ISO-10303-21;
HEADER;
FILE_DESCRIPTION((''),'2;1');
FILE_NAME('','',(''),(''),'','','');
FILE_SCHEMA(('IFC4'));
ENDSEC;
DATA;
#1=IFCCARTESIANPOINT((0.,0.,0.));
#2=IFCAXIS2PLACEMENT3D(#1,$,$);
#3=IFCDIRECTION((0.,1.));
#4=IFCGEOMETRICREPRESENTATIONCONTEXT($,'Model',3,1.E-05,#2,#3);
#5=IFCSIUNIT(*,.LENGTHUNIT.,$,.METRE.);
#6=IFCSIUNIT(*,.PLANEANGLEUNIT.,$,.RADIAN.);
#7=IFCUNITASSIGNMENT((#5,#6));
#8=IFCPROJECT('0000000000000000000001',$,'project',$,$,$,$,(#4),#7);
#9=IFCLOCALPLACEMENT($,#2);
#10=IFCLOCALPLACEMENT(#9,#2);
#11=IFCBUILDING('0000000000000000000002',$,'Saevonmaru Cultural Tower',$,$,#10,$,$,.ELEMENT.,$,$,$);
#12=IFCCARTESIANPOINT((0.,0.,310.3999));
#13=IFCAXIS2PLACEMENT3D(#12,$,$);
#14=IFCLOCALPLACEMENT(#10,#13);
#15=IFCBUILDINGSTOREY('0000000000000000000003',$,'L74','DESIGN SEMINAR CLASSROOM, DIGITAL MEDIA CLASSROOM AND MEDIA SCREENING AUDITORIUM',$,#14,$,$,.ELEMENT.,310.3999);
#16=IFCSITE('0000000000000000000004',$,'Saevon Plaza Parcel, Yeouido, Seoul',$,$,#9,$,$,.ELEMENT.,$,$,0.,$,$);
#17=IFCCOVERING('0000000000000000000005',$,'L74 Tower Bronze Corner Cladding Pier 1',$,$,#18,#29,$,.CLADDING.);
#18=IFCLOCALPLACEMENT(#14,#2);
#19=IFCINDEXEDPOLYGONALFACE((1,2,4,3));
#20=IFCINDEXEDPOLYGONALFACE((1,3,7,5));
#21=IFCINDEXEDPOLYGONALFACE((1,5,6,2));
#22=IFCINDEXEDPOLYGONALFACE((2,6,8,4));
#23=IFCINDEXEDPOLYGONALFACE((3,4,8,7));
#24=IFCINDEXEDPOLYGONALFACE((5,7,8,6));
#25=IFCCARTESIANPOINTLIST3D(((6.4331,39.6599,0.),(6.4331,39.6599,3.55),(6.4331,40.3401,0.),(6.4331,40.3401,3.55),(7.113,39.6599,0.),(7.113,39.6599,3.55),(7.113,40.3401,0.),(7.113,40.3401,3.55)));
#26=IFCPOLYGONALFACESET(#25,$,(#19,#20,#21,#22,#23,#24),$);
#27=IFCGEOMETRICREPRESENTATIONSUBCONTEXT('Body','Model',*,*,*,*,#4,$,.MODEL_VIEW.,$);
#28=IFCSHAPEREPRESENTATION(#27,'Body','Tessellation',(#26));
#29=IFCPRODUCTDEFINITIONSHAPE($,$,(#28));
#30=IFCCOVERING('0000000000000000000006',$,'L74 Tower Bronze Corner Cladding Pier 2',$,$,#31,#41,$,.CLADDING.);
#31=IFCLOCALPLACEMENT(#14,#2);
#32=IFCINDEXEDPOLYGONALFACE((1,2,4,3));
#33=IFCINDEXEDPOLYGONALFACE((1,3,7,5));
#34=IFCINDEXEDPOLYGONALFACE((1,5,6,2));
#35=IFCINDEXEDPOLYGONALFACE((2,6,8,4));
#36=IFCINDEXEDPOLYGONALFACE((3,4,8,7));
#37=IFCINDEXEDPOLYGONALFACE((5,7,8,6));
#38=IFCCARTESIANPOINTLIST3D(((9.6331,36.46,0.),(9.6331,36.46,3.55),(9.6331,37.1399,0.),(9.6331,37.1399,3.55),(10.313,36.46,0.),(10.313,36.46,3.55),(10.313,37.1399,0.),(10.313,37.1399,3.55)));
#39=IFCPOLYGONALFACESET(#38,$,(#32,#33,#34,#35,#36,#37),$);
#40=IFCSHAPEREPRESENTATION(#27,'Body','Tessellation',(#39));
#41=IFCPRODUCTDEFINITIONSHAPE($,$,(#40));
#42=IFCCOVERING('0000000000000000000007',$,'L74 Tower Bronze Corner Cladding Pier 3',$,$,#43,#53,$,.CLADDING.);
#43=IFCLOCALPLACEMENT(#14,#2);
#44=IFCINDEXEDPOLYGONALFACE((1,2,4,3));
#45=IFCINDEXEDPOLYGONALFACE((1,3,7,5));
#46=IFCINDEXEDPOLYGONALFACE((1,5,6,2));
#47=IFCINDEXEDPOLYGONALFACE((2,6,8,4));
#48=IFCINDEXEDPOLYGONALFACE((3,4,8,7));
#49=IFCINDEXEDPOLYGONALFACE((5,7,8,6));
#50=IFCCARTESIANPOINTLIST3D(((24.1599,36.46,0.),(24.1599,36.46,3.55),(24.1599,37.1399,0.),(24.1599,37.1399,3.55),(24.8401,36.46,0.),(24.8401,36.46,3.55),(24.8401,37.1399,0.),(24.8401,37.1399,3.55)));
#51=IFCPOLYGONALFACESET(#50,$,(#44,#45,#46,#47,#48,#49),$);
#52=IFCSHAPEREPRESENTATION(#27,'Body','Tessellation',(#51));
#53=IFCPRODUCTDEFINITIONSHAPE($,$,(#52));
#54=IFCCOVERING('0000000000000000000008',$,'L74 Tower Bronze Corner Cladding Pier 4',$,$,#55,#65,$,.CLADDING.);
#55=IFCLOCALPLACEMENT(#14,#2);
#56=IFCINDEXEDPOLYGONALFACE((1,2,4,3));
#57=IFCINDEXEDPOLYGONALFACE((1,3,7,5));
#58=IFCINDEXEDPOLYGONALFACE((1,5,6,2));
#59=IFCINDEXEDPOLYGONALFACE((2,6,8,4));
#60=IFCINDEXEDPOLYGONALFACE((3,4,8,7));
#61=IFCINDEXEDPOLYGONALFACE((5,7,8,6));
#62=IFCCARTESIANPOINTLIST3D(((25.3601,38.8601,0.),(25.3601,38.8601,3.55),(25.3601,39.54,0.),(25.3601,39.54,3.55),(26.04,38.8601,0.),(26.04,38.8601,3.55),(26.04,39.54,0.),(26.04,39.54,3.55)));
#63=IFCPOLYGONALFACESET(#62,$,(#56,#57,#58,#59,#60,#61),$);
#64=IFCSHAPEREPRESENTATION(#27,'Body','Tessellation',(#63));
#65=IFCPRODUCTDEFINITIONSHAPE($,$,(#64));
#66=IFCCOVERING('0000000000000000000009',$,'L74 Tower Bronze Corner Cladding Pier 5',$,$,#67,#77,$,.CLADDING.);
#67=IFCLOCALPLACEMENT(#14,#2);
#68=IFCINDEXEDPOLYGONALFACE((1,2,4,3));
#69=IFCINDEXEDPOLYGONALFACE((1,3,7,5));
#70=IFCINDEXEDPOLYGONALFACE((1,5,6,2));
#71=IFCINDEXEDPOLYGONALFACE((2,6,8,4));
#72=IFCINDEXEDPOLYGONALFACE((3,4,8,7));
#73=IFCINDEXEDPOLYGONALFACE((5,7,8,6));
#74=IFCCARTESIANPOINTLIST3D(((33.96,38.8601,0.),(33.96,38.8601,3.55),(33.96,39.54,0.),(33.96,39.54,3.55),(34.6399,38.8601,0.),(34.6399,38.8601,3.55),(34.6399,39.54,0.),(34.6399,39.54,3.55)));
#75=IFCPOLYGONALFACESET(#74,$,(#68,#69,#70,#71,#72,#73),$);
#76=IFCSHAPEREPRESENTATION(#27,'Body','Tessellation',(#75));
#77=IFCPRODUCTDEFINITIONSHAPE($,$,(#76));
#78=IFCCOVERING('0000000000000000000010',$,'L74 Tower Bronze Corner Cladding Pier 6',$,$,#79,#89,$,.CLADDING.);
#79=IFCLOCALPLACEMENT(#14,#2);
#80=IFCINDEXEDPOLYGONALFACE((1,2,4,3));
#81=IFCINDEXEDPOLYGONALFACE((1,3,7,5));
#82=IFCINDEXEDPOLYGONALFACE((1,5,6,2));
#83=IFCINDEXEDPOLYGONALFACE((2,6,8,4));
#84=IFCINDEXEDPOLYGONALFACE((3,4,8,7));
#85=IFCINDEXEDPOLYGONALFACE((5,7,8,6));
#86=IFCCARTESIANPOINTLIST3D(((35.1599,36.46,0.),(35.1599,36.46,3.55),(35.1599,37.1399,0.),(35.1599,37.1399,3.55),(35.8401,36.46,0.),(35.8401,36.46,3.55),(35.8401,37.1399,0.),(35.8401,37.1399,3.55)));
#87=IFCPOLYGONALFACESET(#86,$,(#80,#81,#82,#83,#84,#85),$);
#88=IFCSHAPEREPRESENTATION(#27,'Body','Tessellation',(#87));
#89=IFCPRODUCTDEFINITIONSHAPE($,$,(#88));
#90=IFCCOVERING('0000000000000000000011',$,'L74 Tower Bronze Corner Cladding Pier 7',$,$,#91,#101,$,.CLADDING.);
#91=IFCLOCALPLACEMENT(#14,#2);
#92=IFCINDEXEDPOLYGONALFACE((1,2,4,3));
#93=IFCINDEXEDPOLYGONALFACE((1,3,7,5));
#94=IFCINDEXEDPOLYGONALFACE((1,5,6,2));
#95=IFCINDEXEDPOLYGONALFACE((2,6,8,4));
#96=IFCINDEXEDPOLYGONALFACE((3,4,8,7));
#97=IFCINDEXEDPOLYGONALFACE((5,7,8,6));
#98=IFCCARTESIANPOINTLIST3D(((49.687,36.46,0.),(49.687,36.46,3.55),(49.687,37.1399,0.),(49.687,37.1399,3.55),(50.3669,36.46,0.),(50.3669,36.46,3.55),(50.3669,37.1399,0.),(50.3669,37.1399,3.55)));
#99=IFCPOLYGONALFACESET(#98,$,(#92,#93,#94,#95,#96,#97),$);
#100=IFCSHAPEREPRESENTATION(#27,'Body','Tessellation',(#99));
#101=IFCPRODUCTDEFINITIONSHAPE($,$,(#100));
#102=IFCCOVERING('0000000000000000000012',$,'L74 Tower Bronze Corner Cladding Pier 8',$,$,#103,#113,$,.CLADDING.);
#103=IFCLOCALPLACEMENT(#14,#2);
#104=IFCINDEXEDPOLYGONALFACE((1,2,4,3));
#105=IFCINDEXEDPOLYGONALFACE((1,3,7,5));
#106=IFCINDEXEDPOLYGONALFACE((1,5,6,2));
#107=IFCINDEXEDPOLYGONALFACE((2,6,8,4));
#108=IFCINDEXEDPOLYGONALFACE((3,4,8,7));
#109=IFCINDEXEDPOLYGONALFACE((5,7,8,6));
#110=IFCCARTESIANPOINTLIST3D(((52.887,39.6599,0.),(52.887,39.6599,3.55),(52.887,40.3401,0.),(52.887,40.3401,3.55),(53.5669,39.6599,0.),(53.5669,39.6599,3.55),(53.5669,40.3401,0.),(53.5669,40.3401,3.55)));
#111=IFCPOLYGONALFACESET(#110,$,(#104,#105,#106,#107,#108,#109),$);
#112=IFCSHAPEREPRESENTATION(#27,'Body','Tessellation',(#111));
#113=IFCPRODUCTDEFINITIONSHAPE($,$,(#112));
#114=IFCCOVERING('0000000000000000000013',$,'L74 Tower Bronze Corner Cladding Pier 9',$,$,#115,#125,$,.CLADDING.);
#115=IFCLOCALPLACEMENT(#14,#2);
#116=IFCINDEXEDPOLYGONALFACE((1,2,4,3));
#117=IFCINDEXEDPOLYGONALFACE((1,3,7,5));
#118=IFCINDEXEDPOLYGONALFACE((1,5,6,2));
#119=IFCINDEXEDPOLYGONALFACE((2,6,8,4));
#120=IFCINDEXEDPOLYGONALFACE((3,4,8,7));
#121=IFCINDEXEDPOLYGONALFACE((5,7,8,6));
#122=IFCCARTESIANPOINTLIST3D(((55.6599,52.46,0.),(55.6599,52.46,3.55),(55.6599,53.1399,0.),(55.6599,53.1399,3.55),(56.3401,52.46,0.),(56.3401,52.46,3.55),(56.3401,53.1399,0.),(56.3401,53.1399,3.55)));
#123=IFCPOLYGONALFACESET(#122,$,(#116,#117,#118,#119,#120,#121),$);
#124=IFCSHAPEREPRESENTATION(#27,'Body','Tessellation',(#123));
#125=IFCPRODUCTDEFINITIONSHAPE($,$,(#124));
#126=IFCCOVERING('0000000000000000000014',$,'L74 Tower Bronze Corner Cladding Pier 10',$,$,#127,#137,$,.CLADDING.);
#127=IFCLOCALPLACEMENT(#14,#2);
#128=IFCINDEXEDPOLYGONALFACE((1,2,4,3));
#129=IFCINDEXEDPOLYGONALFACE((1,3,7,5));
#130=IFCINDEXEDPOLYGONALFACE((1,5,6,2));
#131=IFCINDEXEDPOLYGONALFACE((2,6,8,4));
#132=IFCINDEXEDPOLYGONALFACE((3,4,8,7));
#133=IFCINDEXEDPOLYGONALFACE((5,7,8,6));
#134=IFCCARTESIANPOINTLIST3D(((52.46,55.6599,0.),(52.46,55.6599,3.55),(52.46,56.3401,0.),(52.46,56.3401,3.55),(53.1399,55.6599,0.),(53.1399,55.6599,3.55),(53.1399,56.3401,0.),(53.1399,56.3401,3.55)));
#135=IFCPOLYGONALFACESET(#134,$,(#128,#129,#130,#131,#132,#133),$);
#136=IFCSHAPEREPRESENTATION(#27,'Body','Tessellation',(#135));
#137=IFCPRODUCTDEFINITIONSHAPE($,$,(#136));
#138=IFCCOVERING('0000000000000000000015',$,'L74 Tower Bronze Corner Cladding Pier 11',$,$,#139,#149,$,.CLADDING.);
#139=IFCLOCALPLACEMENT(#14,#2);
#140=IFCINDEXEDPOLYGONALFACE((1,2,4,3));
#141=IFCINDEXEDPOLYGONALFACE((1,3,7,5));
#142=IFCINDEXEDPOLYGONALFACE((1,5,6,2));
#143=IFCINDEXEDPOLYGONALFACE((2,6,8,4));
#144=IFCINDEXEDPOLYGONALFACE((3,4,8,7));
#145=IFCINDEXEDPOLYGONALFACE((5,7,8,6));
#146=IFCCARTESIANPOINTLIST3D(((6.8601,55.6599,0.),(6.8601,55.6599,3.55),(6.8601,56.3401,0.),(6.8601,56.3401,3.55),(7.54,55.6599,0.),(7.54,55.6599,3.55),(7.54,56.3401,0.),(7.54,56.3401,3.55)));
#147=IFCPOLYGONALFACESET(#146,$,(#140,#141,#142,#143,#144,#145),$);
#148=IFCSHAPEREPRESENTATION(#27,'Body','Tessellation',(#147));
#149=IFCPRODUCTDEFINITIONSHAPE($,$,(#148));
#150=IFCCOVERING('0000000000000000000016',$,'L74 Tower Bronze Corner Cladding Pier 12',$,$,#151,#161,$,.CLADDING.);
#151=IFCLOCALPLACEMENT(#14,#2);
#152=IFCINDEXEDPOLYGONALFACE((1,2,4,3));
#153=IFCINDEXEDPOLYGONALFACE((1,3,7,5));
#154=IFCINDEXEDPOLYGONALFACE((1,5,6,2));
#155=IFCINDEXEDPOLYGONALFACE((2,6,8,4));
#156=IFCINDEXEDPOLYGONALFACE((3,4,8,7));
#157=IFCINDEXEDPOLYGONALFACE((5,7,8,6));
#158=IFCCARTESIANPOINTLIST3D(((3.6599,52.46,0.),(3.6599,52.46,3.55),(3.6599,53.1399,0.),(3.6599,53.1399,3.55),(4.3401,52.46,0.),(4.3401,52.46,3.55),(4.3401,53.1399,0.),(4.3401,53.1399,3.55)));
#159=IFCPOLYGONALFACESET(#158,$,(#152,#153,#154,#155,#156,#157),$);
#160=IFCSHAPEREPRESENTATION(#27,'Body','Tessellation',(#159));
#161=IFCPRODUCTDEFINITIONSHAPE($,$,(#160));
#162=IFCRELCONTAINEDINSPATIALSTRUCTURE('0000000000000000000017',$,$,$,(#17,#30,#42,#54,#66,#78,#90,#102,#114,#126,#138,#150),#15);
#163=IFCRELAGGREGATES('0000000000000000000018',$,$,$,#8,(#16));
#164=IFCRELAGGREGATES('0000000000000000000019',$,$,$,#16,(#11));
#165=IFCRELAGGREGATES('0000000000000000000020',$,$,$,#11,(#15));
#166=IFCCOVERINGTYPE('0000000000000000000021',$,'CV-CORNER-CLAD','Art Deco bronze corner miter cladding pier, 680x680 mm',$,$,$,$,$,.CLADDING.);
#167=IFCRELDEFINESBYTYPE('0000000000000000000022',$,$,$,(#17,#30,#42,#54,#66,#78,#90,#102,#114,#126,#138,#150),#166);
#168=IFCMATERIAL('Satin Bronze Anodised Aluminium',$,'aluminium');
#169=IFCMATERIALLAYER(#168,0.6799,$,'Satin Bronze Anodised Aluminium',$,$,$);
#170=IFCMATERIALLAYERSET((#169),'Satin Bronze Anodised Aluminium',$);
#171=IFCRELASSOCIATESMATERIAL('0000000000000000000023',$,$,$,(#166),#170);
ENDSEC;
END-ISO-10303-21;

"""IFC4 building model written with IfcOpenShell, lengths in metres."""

from ifc_helpers import new_model, si_unit, direction, frame, origin, place, context, subcontext, project, spatial, polyline, outline, extrude, material, layer, layer_set, type_object, element, save


model = new_model("IFC4")

# Units and contexts
model_context = context("Model", 3, precision=1e-05, world=origin(), true_north=direction((0.0, 1.0)))
body_context = subcontext(model_context, "Body", "Model", "MODEL_VIEW")
ifc_project = project(units=[si_unit("LENGTHUNIT", "METRE"), si_unit("PLANEANGLEUNIT", "RADIAN")], contexts=[model_context])

# Site, building, storey
site_placement = place(None, origin())
site = spatial("IfcSite", under=ifc_project, at=site_placement, Name="Saevon Plaza Parcel, Yeouido, Seoul", CompositionType="ELEMENT", RefElevation=0.0)
building_placement = place(site_placement, origin())
building = spatial("IfcBuilding", under=site, at=building_placement, Name="Saevonmaru Cultural Tower", CompositionType="ELEMENT")
storey_placement = place(building_placement, frame((0.0, 0.0, 310.3999)))
storey = spatial("IfcBuildingStorey", under=building, at=storey_placement, Name="L74", Description="DESIGN SEMINAR CLASSROOM, DIGITAL MEDIA CLASSROOM AND MEDIA SCREENING AUDITORIUM", CompositionType="ELEMENT", Elevation=310.3999)

# Shared definitions
ifc_material_1 = material(Name="Satin Bronze Anodised Aluminium", Category="aluminium")

# Coverings
ifc_layer_1 = layer(ifc_material_1, 0.6799, Name="Satin Bronze Anodised Aluminium")
ifc_layer_set_1 = layer_set([ifc_layer_1], Name="Satin Bronze Anodised Aluminium")
covering_type_1 = type_object("IfcCoveringType", Name="CV-CORNER-CLAD", Description="Art Deco bronze corner miter cladding pier, 680x680 mm", PredefinedType="CLADDING", material=ifc_layer_set_1)
covering_1_placement = place(storey_placement, origin())
element("IfcCovering", 1, at=covering_1_placement, inside=storey, type_object=covering_type_1, Name="L74 Tower Bronze Corner Cladding Pier 1", PredefinedType="CLADDING", context=body_context, shape_type="SweptSolid", body=[
    extrude(outline(polyline([(6.4331, 39.6599), (7.113, 39.6599), (7.113, 40.3401), (6.4331, 40.3401), (6.4331, 39.6599)])), origin(), (0.0, 0.0, 1.0), 3.55),
])
covering_2_placement = place(storey_placement, origin())
element("IfcCovering", 2, at=covering_2_placement, inside=storey, type_object=covering_type_1, Name="L74 Tower Bronze Corner Cladding Pier 2", PredefinedType="CLADDING", context=body_context, shape_type="SweptSolid", body=[
    extrude(outline(polyline([(9.6331, 36.46), (10.313, 36.46), (10.313, 37.1399), (9.6331, 37.1399), (9.6331, 36.46)])), origin(), (0.0, 0.0, 1.0), 3.55),
])
covering_3_placement = place(storey_placement, origin())
element("IfcCovering", 3, at=covering_3_placement, inside=storey, type_object=covering_type_1, Name="L74 Tower Bronze Corner Cladding Pier 3", PredefinedType="CLADDING", context=body_context, shape_type="SweptSolid", body=[
    extrude(outline(polyline([(24.1599, 36.46), (24.8401, 36.46), (24.8401, 37.1399), (24.1599, 37.1399), (24.1599, 36.46)])), origin(), (0.0, 0.0, 1.0), 3.55),
])
covering_4_placement = place(storey_placement, origin())
element("IfcCovering", 4, at=covering_4_placement, inside=storey, type_object=covering_type_1, Name="L74 Tower Bronze Corner Cladding Pier 4", PredefinedType="CLADDING", context=body_context, shape_type="SweptSolid", body=[
    extrude(outline(polyline([(25.3601, 38.8601), (26.04, 38.8601), (26.04, 39.54), (25.3601, 39.54), (25.3601, 38.8601)])), origin(), (0.0, 0.0, 1.0), 3.55),
])
covering_5_placement = place(storey_placement, origin())
element("IfcCovering", 5, at=covering_5_placement, inside=storey, type_object=covering_type_1, Name="L74 Tower Bronze Corner Cladding Pier 5", PredefinedType="CLADDING", context=body_context, shape_type="SweptSolid", body=[
    extrude(outline(polyline([(33.96, 38.8601), (34.6399, 38.8601), (34.6399, 39.54), (33.96, 39.54), (33.96, 38.8601)])), origin(), (0.0, 0.0, 1.0), 3.55),
])
covering_6_placement = place(storey_placement, origin())
element("IfcCovering", 6, at=covering_6_placement, inside=storey, type_object=covering_type_1, Name="L74 Tower Bronze Corner Cladding Pier 6", PredefinedType="CLADDING", context=body_context, shape_type="SweptSolid", body=[
    extrude(outline(polyline([(35.1599, 36.46), (35.8401, 36.46), (35.8401, 37.1399), (35.1599, 37.1399), (35.1599, 36.46)])), origin(), (0.0, 0.0, 1.0), 3.55),
])
covering_7_placement = place(storey_placement, origin())
element("IfcCovering", 7, at=covering_7_placement, inside=storey, type_object=covering_type_1, Name="L74 Tower Bronze Corner Cladding Pier 7", PredefinedType="CLADDING", context=body_context, shape_type="SweptSolid", body=[
    extrude(outline(polyline([(49.687, 36.46), (50.3669, 36.46), (50.3669, 37.1399), (49.687, 37.1399), (49.687, 36.46)])), origin(), (0.0, 0.0, 1.0), 3.55),
])
covering_8_placement = place(storey_placement, origin())
element("IfcCovering", 8, at=covering_8_placement, inside=storey, type_object=covering_type_1, Name="L74 Tower Bronze Corner Cladding Pier 8", PredefinedType="CLADDING", context=body_context, shape_type="SweptSolid", body=[
    extrude(outline(polyline([(52.887, 39.6599), (53.5669, 39.6599), (53.5669, 40.3401), (52.887, 40.3401), (52.887, 39.6599)])), origin(), (0.0, 0.0, 1.0), 3.55),
])
covering_9_placement = place(storey_placement, origin())
element("IfcCovering", 9, at=covering_9_placement, inside=storey, type_object=covering_type_1, Name="L74 Tower Bronze Corner Cladding Pier 9", PredefinedType="CLADDING", context=body_context, shape_type="SweptSolid", body=[
    extrude(outline(polyline([(55.6599, 52.46), (56.3401, 52.46), (56.3401, 53.1399), (55.6599, 53.1399), (55.6599, 52.46)])), origin(), (0.0, 0.0, 1.0), 3.55),
])
covering_10_placement = place(storey_placement, origin())
element("IfcCovering", 10, at=covering_10_placement, inside=storey, type_object=covering_type_1, Name="L74 Tower Bronze Corner Cladding Pier 10", PredefinedType="CLADDING", context=body_context, shape_type="SweptSolid", body=[
    extrude(outline(polyline([(52.46, 55.6599), (53.1399, 55.6599), (53.1399, 56.3401), (52.46, 56.3401), (52.46, 55.6599)])), origin(), (0.0, 0.0, 1.0), 3.55),
])
covering_11_placement = place(storey_placement, origin())
element("IfcCovering", 11, at=covering_11_placement, inside=storey, type_object=covering_type_1, Name="L74 Tower Bronze Corner Cladding Pier 11", PredefinedType="CLADDING", context=body_context, shape_type="SweptSolid", body=[
    extrude(outline(polyline([(6.8601, 55.6599), (7.54, 55.6599), (7.54, 56.3401), (6.8601, 56.3401), (6.8601, 55.6599)])), origin(), (0.0, 0.0, 1.0), 3.55),
])
covering_12_placement = place(storey_placement, origin())
element("IfcCovering", 12, at=covering_12_placement, inside=storey, type_object=covering_type_1, Name="L74 Tower Bronze Corner Cladding Pier 12", PredefinedType="CLADDING", context=body_context, shape_type="SweptSolid", body=[
    extrude(outline(polyline([(3.6599, 52.46), (4.3401, 52.46), (4.3401, 53.1399), (3.6599, 53.1399), (3.6599, 52.46)])), origin(), (0.0, 0.0, 1.0), 3.55),
])

save(model, "model.ifc")
